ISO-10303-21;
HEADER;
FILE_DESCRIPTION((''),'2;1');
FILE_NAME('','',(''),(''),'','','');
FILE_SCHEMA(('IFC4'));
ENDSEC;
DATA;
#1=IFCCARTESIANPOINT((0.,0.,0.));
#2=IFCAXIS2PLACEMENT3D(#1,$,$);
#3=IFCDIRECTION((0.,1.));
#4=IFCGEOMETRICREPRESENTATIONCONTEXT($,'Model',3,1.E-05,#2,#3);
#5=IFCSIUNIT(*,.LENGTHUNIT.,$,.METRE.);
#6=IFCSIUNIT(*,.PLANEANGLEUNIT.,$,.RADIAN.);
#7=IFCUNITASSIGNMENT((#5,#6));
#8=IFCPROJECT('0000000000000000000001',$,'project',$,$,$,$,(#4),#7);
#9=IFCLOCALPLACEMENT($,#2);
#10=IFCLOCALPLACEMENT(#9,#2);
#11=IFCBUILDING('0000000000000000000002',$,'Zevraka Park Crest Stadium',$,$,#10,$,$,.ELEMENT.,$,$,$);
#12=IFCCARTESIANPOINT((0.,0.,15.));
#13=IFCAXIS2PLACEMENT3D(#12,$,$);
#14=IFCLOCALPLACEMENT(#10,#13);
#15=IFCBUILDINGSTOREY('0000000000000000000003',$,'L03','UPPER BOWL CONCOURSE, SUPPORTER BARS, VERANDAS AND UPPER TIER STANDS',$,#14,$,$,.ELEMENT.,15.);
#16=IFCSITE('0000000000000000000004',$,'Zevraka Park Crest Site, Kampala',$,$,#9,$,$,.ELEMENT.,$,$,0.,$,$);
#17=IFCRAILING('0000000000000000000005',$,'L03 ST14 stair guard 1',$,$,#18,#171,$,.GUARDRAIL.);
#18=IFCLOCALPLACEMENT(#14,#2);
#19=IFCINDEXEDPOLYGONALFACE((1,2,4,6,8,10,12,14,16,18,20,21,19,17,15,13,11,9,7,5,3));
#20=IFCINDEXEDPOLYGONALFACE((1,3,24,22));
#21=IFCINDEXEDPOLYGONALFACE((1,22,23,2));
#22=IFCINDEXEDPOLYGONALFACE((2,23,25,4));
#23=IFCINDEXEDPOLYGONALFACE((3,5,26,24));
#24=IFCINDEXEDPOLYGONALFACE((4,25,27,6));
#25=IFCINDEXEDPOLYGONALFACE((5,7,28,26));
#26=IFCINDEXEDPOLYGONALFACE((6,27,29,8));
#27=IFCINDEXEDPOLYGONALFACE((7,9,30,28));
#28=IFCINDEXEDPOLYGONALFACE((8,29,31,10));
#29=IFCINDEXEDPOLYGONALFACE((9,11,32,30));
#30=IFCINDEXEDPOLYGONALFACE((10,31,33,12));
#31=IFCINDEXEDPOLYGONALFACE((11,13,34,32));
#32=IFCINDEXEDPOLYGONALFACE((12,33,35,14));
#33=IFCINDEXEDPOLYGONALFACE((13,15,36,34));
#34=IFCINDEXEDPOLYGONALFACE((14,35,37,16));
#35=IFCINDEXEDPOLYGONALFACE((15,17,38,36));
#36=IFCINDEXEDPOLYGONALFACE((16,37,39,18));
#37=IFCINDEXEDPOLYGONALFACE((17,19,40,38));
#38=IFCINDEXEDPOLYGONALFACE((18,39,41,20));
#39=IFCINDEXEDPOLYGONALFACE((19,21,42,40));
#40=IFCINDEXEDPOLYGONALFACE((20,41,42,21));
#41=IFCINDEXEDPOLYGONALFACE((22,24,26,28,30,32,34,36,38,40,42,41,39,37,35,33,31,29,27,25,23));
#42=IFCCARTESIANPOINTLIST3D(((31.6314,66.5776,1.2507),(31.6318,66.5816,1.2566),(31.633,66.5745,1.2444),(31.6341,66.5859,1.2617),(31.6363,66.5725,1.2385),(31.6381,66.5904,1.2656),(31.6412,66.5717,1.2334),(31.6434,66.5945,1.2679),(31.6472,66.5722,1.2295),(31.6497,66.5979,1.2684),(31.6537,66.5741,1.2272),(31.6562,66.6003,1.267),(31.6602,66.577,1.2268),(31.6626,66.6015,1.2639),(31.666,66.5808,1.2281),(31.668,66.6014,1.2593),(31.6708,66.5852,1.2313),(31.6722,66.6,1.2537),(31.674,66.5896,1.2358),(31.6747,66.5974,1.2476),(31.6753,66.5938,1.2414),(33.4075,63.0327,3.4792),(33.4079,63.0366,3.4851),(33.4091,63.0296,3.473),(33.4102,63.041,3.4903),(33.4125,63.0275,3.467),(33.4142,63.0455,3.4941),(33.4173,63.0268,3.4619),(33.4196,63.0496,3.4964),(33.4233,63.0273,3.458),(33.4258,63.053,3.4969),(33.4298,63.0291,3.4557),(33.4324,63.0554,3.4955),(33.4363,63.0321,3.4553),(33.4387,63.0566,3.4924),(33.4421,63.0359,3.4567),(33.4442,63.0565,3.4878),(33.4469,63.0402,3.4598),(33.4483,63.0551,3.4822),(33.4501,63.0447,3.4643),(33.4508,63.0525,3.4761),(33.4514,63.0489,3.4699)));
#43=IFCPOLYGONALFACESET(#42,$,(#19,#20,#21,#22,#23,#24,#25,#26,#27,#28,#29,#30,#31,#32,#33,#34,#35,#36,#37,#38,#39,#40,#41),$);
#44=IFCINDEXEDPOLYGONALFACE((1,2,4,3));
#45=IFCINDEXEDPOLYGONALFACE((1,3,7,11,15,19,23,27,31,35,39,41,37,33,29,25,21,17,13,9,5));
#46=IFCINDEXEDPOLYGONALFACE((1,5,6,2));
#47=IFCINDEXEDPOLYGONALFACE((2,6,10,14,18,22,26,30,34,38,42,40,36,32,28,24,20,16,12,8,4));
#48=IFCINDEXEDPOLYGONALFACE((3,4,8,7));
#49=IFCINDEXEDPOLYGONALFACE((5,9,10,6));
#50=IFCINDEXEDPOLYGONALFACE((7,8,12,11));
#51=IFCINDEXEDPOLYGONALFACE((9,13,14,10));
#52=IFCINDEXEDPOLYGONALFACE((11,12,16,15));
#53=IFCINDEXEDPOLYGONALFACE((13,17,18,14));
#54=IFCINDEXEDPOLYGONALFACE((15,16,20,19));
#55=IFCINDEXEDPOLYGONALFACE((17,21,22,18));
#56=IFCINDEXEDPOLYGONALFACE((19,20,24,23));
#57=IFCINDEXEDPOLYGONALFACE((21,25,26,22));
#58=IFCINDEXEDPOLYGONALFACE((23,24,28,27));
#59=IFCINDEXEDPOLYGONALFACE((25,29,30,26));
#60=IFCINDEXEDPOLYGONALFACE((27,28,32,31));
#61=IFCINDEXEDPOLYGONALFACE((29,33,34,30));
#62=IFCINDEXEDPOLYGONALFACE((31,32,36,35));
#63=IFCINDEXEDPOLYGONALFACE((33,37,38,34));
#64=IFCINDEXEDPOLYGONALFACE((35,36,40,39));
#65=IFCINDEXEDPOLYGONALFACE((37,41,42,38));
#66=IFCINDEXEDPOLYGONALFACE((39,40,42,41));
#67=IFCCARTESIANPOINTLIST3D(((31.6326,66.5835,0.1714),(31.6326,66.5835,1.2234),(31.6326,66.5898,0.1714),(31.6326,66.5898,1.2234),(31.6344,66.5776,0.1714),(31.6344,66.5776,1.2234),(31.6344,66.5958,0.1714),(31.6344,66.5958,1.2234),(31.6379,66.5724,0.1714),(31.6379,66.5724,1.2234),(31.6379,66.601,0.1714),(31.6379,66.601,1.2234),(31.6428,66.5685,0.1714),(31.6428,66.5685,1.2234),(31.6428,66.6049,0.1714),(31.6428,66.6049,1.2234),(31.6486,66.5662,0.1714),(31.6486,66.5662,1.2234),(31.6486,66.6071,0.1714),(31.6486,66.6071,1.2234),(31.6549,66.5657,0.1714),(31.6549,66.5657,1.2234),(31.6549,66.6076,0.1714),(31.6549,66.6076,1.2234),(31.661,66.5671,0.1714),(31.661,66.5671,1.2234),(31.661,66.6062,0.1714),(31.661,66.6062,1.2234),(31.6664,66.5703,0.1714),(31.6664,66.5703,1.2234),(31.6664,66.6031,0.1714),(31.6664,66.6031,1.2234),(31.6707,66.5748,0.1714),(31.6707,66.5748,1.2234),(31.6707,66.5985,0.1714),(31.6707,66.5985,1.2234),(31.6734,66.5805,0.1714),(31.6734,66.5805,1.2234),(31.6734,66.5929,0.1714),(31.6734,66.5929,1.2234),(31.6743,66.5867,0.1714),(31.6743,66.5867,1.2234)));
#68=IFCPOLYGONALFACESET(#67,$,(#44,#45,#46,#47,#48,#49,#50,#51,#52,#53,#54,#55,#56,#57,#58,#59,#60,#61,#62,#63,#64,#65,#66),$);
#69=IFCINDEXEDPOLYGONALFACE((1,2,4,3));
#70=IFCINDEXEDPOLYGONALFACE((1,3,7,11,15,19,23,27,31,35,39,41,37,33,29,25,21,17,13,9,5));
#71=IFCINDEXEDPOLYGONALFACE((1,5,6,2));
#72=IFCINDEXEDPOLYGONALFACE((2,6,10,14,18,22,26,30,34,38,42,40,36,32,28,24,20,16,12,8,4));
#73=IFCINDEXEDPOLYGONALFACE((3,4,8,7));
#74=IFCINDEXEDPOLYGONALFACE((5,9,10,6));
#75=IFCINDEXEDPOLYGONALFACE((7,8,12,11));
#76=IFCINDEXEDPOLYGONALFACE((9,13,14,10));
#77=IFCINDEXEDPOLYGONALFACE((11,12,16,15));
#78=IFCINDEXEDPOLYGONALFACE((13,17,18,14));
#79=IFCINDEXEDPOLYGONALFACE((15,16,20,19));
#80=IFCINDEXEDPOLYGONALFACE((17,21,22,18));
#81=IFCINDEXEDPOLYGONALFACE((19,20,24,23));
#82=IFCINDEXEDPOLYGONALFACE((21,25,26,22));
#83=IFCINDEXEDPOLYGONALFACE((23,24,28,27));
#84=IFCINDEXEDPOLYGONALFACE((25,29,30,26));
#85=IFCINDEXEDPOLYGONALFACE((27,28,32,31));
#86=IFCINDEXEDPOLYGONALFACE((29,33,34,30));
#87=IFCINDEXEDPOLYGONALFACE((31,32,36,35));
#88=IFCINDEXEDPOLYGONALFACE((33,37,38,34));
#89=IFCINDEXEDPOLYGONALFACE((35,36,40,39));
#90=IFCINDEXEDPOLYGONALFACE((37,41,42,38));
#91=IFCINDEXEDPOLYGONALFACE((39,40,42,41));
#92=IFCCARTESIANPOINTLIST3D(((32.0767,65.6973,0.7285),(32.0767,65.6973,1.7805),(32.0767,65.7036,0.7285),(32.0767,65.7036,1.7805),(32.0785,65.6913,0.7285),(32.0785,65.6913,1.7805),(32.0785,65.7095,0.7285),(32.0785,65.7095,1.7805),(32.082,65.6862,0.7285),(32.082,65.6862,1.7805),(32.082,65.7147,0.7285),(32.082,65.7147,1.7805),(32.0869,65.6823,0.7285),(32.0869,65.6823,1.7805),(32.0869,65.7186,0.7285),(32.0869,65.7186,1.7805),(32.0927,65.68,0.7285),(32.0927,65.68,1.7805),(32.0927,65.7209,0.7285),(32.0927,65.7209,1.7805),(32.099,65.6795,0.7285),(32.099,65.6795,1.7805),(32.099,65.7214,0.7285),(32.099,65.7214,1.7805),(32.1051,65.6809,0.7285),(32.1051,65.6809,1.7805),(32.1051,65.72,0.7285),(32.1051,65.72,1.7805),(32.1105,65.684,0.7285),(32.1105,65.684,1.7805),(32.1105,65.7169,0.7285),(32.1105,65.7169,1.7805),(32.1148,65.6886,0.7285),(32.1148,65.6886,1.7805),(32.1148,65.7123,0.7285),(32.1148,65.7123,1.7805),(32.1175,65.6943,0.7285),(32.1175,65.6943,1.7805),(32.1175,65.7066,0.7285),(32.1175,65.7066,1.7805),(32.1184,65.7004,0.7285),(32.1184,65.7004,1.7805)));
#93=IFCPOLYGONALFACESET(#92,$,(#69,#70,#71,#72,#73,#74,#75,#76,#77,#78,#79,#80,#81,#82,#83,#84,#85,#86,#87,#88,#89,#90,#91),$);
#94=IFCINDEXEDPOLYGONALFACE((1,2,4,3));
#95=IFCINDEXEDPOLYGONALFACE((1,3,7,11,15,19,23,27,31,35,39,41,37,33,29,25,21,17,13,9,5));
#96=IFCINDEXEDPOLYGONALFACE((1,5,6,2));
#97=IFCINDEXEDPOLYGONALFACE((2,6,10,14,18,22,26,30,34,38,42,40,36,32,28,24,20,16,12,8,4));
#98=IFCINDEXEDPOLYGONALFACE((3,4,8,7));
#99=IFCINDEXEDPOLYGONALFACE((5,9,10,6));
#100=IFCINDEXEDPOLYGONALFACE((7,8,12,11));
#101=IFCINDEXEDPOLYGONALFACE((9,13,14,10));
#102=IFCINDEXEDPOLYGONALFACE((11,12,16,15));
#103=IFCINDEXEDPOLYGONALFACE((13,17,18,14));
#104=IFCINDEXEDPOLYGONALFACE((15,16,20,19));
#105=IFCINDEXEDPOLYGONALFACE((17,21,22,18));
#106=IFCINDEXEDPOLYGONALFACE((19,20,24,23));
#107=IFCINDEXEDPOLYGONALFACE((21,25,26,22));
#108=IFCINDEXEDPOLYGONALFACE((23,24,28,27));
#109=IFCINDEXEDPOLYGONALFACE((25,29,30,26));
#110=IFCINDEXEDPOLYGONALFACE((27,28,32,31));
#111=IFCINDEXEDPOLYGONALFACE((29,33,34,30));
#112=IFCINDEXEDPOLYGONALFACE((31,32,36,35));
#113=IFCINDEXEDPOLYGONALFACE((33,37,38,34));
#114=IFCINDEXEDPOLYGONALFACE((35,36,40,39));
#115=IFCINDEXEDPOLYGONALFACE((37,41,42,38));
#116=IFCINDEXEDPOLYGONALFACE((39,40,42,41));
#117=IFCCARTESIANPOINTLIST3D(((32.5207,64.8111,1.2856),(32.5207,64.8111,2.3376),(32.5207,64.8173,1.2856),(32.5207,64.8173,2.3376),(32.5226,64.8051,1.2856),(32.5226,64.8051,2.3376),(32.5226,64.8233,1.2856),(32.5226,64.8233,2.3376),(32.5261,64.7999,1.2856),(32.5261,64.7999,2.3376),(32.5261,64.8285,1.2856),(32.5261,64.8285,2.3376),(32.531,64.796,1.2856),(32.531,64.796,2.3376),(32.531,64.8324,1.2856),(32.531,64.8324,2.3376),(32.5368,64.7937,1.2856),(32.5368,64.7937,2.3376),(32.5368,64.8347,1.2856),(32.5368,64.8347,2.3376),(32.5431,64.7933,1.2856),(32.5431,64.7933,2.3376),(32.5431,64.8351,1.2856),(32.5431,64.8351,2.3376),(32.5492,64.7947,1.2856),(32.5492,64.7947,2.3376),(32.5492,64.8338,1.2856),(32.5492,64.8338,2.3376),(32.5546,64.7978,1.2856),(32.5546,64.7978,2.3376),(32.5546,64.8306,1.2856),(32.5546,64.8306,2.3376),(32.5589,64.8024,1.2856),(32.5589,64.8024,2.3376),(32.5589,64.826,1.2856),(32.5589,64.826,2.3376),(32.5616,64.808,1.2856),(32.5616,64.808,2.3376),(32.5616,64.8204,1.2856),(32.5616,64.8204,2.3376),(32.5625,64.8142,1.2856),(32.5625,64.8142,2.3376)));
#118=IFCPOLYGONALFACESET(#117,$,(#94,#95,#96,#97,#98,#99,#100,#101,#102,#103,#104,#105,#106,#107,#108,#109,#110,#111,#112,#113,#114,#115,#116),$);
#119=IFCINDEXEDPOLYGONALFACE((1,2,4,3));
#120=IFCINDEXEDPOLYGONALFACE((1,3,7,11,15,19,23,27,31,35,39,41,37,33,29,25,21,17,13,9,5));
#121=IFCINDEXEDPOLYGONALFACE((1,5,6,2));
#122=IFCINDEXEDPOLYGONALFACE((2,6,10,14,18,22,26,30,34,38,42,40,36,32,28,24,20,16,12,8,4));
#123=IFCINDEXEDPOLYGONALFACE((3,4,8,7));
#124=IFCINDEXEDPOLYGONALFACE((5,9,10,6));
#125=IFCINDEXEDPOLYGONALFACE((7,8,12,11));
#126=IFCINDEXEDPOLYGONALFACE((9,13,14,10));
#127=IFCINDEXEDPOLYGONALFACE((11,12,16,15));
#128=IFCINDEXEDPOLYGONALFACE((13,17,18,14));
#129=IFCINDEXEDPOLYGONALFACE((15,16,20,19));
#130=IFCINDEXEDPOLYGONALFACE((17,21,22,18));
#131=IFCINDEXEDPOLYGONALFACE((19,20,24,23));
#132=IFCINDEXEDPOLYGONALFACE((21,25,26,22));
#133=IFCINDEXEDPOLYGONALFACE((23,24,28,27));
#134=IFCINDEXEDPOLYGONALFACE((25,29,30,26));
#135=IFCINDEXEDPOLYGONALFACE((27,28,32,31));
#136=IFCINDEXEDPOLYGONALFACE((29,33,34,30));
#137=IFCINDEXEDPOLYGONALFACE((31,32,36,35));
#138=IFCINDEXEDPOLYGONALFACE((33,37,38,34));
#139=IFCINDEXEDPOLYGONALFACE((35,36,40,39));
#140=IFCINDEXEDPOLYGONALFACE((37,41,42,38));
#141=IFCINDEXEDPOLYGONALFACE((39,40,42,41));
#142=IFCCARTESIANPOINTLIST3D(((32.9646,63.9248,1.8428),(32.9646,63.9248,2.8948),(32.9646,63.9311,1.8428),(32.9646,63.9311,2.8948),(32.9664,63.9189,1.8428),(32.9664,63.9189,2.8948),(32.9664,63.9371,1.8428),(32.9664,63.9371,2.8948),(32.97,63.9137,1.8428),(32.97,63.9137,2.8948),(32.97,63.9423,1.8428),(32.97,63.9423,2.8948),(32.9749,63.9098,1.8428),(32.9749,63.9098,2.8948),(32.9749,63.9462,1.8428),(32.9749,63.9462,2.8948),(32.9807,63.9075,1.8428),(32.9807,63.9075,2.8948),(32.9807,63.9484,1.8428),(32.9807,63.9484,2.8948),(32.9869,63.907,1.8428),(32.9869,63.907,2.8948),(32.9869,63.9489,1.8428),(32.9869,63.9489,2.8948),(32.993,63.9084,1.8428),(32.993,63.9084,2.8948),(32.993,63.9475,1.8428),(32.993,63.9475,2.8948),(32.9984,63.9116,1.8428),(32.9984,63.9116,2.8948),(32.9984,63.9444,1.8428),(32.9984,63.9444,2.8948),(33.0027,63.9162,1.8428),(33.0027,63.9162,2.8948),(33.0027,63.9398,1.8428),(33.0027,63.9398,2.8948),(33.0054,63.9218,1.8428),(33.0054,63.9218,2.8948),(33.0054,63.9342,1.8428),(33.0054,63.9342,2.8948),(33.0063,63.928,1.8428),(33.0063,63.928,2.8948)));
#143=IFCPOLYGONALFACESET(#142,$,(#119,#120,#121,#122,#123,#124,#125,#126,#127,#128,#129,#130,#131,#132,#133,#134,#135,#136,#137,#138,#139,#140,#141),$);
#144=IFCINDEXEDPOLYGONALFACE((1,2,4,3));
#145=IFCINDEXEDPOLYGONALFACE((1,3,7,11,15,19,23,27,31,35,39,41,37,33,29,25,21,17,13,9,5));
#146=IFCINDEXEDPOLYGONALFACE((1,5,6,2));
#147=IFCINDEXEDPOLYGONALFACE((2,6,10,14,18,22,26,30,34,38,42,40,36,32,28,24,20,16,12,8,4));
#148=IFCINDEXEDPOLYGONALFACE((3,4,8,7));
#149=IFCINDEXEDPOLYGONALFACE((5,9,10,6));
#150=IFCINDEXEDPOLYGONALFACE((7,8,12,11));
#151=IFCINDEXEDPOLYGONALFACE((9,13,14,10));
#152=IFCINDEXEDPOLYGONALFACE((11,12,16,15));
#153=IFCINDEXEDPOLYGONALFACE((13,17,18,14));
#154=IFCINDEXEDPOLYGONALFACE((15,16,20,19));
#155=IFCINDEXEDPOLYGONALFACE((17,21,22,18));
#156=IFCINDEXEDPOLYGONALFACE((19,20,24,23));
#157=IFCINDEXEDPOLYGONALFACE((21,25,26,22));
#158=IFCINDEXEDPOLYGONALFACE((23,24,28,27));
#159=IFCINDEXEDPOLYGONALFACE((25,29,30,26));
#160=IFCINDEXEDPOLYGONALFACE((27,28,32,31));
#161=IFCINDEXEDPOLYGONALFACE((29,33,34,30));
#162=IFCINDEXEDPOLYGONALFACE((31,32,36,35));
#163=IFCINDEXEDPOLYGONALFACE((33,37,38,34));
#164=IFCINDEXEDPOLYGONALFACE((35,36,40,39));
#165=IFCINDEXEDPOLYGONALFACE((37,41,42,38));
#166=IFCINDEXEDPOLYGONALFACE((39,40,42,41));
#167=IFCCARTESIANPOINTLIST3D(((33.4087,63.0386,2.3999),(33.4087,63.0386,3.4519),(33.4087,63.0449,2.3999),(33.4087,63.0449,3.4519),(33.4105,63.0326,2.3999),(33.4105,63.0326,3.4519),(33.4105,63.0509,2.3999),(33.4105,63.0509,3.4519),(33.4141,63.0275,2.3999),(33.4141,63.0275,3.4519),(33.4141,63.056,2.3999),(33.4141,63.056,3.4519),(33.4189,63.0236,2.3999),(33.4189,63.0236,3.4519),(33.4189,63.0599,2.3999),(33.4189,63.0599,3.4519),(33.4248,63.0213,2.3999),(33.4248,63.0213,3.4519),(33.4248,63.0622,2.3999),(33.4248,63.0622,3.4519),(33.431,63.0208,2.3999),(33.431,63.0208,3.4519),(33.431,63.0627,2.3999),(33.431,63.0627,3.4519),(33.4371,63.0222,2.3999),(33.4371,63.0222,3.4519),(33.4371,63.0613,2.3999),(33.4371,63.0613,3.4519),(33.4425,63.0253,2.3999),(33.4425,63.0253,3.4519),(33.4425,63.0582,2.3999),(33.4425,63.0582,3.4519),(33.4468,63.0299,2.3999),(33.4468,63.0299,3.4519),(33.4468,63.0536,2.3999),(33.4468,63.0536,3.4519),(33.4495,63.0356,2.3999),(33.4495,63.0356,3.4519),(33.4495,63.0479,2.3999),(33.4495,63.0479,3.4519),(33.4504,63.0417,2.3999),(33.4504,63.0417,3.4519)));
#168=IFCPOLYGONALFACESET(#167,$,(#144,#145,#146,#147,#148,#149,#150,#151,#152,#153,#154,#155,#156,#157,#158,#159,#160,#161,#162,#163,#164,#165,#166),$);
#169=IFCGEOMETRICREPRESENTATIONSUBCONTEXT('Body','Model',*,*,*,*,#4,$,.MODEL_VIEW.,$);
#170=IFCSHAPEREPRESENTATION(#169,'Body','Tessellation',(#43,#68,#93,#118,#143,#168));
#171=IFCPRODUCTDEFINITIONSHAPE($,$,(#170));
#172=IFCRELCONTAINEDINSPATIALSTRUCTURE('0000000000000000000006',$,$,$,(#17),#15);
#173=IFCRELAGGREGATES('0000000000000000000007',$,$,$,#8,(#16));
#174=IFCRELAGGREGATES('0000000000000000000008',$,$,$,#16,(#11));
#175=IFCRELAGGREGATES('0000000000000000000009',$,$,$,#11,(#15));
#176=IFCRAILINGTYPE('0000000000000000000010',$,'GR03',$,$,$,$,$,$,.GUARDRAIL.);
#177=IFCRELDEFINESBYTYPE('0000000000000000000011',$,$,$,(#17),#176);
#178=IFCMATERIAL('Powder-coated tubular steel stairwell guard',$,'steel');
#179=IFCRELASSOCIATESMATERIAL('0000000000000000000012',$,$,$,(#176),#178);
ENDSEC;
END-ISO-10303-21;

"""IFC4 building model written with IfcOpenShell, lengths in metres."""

from ifc_helpers import new_model, si_unit, direction, frame, origin, origin_2d, place, context, subcontext, project, spatial, circle, extrude, material, type_object, element, save


model = new_model("IFC4")

# Units and contexts
model_context = context("Model", 3, precision=1e-05, world=origin(), true_north=direction((0.0, 1.0)))
body_context = subcontext(model_context, "Body", "Model", "MODEL_VIEW")
ifc_project = project(units=[si_unit("LENGTHUNIT", "METRE"), si_unit("PLANEANGLEUNIT", "RADIAN")], contexts=[model_context])

# Site, building, storey
site_placement = place(None, origin())
site = spatial("IfcSite", under=ifc_project, at=site_placement, Name="Zevraka Park Crest Site, Kampala", CompositionType="ELEMENT", RefElevation=0.0)
building_placement = place(site_placement, origin())
building = spatial("IfcBuilding", under=site, at=building_placement, Name="Zevraka Park Crest Stadium", CompositionType="ELEMENT")
storey_placement = place(building_placement, frame((0.0, 0.0, 15.0)))
storey = spatial("IfcBuildingStorey", under=building, at=storey_placement, Name="L03", Description="UPPER BOWL CONCOURSE, SUPPORTER BARS, VERANDAS AND UPPER TIER STANDS", CompositionType="ELEMENT", Elevation=15.0)

# Railing
ifc_material_1 = material(Name="Powder-coated tubular steel stairwell guard", Category="steel")
railing_type = type_object("IfcRailingType", Name="GR03", PredefinedType="GUARDRAIL", material=ifc_material_1)
railing_1_placement = place(storey_placement, frame((31.6533, 66.5867, 0.1714)))
element("IfcRailing", 1, at=railing_1_placement, inside=storey, type_object=railing_type, Name="L03 ST14 stair guard 1", PredefinedType="GUARDRAIL", context=body_context, shape_type="SweptSolid", body=[
    extrude(circle(Radius=0.0239, at=origin_2d()), frame((0.0, 0.0, 1.0762), z_axis=(0.390499, -0.779389, 0.489963), x_axis=(0.894057, 0.447952, 0.0)), (0.0, 0.0, 1.0), 4.5483),
    extrude(circle(Radius=0.021, at=origin_2d()), origin(), (0.0, 0.0, 1.0), 1.052),
    extrude(circle(Radius=0.021, at=origin_2d()), frame((0.4441, -0.8862, 0.5571)), (0.0, 0.0, 1.0), 1.052),
    extrude(circle(Radius=0.021, at=origin_2d()), frame((0.8882, -1.7725, 1.1143)), (0.0, 0.0, 1.0), 1.052),
    extrude(circle(Radius=0.021, at=origin_2d()), frame((1.332, -2.6587, 1.6714)), (0.0, 0.0, 1.0), 1.052),
    extrude(circle(Radius=0.021, at=origin_2d()), frame((1.7761, -3.5449, 2.2285)), (0.0, 0.0, 1.0), 1.052),
])

save(model, "model.ifc")
